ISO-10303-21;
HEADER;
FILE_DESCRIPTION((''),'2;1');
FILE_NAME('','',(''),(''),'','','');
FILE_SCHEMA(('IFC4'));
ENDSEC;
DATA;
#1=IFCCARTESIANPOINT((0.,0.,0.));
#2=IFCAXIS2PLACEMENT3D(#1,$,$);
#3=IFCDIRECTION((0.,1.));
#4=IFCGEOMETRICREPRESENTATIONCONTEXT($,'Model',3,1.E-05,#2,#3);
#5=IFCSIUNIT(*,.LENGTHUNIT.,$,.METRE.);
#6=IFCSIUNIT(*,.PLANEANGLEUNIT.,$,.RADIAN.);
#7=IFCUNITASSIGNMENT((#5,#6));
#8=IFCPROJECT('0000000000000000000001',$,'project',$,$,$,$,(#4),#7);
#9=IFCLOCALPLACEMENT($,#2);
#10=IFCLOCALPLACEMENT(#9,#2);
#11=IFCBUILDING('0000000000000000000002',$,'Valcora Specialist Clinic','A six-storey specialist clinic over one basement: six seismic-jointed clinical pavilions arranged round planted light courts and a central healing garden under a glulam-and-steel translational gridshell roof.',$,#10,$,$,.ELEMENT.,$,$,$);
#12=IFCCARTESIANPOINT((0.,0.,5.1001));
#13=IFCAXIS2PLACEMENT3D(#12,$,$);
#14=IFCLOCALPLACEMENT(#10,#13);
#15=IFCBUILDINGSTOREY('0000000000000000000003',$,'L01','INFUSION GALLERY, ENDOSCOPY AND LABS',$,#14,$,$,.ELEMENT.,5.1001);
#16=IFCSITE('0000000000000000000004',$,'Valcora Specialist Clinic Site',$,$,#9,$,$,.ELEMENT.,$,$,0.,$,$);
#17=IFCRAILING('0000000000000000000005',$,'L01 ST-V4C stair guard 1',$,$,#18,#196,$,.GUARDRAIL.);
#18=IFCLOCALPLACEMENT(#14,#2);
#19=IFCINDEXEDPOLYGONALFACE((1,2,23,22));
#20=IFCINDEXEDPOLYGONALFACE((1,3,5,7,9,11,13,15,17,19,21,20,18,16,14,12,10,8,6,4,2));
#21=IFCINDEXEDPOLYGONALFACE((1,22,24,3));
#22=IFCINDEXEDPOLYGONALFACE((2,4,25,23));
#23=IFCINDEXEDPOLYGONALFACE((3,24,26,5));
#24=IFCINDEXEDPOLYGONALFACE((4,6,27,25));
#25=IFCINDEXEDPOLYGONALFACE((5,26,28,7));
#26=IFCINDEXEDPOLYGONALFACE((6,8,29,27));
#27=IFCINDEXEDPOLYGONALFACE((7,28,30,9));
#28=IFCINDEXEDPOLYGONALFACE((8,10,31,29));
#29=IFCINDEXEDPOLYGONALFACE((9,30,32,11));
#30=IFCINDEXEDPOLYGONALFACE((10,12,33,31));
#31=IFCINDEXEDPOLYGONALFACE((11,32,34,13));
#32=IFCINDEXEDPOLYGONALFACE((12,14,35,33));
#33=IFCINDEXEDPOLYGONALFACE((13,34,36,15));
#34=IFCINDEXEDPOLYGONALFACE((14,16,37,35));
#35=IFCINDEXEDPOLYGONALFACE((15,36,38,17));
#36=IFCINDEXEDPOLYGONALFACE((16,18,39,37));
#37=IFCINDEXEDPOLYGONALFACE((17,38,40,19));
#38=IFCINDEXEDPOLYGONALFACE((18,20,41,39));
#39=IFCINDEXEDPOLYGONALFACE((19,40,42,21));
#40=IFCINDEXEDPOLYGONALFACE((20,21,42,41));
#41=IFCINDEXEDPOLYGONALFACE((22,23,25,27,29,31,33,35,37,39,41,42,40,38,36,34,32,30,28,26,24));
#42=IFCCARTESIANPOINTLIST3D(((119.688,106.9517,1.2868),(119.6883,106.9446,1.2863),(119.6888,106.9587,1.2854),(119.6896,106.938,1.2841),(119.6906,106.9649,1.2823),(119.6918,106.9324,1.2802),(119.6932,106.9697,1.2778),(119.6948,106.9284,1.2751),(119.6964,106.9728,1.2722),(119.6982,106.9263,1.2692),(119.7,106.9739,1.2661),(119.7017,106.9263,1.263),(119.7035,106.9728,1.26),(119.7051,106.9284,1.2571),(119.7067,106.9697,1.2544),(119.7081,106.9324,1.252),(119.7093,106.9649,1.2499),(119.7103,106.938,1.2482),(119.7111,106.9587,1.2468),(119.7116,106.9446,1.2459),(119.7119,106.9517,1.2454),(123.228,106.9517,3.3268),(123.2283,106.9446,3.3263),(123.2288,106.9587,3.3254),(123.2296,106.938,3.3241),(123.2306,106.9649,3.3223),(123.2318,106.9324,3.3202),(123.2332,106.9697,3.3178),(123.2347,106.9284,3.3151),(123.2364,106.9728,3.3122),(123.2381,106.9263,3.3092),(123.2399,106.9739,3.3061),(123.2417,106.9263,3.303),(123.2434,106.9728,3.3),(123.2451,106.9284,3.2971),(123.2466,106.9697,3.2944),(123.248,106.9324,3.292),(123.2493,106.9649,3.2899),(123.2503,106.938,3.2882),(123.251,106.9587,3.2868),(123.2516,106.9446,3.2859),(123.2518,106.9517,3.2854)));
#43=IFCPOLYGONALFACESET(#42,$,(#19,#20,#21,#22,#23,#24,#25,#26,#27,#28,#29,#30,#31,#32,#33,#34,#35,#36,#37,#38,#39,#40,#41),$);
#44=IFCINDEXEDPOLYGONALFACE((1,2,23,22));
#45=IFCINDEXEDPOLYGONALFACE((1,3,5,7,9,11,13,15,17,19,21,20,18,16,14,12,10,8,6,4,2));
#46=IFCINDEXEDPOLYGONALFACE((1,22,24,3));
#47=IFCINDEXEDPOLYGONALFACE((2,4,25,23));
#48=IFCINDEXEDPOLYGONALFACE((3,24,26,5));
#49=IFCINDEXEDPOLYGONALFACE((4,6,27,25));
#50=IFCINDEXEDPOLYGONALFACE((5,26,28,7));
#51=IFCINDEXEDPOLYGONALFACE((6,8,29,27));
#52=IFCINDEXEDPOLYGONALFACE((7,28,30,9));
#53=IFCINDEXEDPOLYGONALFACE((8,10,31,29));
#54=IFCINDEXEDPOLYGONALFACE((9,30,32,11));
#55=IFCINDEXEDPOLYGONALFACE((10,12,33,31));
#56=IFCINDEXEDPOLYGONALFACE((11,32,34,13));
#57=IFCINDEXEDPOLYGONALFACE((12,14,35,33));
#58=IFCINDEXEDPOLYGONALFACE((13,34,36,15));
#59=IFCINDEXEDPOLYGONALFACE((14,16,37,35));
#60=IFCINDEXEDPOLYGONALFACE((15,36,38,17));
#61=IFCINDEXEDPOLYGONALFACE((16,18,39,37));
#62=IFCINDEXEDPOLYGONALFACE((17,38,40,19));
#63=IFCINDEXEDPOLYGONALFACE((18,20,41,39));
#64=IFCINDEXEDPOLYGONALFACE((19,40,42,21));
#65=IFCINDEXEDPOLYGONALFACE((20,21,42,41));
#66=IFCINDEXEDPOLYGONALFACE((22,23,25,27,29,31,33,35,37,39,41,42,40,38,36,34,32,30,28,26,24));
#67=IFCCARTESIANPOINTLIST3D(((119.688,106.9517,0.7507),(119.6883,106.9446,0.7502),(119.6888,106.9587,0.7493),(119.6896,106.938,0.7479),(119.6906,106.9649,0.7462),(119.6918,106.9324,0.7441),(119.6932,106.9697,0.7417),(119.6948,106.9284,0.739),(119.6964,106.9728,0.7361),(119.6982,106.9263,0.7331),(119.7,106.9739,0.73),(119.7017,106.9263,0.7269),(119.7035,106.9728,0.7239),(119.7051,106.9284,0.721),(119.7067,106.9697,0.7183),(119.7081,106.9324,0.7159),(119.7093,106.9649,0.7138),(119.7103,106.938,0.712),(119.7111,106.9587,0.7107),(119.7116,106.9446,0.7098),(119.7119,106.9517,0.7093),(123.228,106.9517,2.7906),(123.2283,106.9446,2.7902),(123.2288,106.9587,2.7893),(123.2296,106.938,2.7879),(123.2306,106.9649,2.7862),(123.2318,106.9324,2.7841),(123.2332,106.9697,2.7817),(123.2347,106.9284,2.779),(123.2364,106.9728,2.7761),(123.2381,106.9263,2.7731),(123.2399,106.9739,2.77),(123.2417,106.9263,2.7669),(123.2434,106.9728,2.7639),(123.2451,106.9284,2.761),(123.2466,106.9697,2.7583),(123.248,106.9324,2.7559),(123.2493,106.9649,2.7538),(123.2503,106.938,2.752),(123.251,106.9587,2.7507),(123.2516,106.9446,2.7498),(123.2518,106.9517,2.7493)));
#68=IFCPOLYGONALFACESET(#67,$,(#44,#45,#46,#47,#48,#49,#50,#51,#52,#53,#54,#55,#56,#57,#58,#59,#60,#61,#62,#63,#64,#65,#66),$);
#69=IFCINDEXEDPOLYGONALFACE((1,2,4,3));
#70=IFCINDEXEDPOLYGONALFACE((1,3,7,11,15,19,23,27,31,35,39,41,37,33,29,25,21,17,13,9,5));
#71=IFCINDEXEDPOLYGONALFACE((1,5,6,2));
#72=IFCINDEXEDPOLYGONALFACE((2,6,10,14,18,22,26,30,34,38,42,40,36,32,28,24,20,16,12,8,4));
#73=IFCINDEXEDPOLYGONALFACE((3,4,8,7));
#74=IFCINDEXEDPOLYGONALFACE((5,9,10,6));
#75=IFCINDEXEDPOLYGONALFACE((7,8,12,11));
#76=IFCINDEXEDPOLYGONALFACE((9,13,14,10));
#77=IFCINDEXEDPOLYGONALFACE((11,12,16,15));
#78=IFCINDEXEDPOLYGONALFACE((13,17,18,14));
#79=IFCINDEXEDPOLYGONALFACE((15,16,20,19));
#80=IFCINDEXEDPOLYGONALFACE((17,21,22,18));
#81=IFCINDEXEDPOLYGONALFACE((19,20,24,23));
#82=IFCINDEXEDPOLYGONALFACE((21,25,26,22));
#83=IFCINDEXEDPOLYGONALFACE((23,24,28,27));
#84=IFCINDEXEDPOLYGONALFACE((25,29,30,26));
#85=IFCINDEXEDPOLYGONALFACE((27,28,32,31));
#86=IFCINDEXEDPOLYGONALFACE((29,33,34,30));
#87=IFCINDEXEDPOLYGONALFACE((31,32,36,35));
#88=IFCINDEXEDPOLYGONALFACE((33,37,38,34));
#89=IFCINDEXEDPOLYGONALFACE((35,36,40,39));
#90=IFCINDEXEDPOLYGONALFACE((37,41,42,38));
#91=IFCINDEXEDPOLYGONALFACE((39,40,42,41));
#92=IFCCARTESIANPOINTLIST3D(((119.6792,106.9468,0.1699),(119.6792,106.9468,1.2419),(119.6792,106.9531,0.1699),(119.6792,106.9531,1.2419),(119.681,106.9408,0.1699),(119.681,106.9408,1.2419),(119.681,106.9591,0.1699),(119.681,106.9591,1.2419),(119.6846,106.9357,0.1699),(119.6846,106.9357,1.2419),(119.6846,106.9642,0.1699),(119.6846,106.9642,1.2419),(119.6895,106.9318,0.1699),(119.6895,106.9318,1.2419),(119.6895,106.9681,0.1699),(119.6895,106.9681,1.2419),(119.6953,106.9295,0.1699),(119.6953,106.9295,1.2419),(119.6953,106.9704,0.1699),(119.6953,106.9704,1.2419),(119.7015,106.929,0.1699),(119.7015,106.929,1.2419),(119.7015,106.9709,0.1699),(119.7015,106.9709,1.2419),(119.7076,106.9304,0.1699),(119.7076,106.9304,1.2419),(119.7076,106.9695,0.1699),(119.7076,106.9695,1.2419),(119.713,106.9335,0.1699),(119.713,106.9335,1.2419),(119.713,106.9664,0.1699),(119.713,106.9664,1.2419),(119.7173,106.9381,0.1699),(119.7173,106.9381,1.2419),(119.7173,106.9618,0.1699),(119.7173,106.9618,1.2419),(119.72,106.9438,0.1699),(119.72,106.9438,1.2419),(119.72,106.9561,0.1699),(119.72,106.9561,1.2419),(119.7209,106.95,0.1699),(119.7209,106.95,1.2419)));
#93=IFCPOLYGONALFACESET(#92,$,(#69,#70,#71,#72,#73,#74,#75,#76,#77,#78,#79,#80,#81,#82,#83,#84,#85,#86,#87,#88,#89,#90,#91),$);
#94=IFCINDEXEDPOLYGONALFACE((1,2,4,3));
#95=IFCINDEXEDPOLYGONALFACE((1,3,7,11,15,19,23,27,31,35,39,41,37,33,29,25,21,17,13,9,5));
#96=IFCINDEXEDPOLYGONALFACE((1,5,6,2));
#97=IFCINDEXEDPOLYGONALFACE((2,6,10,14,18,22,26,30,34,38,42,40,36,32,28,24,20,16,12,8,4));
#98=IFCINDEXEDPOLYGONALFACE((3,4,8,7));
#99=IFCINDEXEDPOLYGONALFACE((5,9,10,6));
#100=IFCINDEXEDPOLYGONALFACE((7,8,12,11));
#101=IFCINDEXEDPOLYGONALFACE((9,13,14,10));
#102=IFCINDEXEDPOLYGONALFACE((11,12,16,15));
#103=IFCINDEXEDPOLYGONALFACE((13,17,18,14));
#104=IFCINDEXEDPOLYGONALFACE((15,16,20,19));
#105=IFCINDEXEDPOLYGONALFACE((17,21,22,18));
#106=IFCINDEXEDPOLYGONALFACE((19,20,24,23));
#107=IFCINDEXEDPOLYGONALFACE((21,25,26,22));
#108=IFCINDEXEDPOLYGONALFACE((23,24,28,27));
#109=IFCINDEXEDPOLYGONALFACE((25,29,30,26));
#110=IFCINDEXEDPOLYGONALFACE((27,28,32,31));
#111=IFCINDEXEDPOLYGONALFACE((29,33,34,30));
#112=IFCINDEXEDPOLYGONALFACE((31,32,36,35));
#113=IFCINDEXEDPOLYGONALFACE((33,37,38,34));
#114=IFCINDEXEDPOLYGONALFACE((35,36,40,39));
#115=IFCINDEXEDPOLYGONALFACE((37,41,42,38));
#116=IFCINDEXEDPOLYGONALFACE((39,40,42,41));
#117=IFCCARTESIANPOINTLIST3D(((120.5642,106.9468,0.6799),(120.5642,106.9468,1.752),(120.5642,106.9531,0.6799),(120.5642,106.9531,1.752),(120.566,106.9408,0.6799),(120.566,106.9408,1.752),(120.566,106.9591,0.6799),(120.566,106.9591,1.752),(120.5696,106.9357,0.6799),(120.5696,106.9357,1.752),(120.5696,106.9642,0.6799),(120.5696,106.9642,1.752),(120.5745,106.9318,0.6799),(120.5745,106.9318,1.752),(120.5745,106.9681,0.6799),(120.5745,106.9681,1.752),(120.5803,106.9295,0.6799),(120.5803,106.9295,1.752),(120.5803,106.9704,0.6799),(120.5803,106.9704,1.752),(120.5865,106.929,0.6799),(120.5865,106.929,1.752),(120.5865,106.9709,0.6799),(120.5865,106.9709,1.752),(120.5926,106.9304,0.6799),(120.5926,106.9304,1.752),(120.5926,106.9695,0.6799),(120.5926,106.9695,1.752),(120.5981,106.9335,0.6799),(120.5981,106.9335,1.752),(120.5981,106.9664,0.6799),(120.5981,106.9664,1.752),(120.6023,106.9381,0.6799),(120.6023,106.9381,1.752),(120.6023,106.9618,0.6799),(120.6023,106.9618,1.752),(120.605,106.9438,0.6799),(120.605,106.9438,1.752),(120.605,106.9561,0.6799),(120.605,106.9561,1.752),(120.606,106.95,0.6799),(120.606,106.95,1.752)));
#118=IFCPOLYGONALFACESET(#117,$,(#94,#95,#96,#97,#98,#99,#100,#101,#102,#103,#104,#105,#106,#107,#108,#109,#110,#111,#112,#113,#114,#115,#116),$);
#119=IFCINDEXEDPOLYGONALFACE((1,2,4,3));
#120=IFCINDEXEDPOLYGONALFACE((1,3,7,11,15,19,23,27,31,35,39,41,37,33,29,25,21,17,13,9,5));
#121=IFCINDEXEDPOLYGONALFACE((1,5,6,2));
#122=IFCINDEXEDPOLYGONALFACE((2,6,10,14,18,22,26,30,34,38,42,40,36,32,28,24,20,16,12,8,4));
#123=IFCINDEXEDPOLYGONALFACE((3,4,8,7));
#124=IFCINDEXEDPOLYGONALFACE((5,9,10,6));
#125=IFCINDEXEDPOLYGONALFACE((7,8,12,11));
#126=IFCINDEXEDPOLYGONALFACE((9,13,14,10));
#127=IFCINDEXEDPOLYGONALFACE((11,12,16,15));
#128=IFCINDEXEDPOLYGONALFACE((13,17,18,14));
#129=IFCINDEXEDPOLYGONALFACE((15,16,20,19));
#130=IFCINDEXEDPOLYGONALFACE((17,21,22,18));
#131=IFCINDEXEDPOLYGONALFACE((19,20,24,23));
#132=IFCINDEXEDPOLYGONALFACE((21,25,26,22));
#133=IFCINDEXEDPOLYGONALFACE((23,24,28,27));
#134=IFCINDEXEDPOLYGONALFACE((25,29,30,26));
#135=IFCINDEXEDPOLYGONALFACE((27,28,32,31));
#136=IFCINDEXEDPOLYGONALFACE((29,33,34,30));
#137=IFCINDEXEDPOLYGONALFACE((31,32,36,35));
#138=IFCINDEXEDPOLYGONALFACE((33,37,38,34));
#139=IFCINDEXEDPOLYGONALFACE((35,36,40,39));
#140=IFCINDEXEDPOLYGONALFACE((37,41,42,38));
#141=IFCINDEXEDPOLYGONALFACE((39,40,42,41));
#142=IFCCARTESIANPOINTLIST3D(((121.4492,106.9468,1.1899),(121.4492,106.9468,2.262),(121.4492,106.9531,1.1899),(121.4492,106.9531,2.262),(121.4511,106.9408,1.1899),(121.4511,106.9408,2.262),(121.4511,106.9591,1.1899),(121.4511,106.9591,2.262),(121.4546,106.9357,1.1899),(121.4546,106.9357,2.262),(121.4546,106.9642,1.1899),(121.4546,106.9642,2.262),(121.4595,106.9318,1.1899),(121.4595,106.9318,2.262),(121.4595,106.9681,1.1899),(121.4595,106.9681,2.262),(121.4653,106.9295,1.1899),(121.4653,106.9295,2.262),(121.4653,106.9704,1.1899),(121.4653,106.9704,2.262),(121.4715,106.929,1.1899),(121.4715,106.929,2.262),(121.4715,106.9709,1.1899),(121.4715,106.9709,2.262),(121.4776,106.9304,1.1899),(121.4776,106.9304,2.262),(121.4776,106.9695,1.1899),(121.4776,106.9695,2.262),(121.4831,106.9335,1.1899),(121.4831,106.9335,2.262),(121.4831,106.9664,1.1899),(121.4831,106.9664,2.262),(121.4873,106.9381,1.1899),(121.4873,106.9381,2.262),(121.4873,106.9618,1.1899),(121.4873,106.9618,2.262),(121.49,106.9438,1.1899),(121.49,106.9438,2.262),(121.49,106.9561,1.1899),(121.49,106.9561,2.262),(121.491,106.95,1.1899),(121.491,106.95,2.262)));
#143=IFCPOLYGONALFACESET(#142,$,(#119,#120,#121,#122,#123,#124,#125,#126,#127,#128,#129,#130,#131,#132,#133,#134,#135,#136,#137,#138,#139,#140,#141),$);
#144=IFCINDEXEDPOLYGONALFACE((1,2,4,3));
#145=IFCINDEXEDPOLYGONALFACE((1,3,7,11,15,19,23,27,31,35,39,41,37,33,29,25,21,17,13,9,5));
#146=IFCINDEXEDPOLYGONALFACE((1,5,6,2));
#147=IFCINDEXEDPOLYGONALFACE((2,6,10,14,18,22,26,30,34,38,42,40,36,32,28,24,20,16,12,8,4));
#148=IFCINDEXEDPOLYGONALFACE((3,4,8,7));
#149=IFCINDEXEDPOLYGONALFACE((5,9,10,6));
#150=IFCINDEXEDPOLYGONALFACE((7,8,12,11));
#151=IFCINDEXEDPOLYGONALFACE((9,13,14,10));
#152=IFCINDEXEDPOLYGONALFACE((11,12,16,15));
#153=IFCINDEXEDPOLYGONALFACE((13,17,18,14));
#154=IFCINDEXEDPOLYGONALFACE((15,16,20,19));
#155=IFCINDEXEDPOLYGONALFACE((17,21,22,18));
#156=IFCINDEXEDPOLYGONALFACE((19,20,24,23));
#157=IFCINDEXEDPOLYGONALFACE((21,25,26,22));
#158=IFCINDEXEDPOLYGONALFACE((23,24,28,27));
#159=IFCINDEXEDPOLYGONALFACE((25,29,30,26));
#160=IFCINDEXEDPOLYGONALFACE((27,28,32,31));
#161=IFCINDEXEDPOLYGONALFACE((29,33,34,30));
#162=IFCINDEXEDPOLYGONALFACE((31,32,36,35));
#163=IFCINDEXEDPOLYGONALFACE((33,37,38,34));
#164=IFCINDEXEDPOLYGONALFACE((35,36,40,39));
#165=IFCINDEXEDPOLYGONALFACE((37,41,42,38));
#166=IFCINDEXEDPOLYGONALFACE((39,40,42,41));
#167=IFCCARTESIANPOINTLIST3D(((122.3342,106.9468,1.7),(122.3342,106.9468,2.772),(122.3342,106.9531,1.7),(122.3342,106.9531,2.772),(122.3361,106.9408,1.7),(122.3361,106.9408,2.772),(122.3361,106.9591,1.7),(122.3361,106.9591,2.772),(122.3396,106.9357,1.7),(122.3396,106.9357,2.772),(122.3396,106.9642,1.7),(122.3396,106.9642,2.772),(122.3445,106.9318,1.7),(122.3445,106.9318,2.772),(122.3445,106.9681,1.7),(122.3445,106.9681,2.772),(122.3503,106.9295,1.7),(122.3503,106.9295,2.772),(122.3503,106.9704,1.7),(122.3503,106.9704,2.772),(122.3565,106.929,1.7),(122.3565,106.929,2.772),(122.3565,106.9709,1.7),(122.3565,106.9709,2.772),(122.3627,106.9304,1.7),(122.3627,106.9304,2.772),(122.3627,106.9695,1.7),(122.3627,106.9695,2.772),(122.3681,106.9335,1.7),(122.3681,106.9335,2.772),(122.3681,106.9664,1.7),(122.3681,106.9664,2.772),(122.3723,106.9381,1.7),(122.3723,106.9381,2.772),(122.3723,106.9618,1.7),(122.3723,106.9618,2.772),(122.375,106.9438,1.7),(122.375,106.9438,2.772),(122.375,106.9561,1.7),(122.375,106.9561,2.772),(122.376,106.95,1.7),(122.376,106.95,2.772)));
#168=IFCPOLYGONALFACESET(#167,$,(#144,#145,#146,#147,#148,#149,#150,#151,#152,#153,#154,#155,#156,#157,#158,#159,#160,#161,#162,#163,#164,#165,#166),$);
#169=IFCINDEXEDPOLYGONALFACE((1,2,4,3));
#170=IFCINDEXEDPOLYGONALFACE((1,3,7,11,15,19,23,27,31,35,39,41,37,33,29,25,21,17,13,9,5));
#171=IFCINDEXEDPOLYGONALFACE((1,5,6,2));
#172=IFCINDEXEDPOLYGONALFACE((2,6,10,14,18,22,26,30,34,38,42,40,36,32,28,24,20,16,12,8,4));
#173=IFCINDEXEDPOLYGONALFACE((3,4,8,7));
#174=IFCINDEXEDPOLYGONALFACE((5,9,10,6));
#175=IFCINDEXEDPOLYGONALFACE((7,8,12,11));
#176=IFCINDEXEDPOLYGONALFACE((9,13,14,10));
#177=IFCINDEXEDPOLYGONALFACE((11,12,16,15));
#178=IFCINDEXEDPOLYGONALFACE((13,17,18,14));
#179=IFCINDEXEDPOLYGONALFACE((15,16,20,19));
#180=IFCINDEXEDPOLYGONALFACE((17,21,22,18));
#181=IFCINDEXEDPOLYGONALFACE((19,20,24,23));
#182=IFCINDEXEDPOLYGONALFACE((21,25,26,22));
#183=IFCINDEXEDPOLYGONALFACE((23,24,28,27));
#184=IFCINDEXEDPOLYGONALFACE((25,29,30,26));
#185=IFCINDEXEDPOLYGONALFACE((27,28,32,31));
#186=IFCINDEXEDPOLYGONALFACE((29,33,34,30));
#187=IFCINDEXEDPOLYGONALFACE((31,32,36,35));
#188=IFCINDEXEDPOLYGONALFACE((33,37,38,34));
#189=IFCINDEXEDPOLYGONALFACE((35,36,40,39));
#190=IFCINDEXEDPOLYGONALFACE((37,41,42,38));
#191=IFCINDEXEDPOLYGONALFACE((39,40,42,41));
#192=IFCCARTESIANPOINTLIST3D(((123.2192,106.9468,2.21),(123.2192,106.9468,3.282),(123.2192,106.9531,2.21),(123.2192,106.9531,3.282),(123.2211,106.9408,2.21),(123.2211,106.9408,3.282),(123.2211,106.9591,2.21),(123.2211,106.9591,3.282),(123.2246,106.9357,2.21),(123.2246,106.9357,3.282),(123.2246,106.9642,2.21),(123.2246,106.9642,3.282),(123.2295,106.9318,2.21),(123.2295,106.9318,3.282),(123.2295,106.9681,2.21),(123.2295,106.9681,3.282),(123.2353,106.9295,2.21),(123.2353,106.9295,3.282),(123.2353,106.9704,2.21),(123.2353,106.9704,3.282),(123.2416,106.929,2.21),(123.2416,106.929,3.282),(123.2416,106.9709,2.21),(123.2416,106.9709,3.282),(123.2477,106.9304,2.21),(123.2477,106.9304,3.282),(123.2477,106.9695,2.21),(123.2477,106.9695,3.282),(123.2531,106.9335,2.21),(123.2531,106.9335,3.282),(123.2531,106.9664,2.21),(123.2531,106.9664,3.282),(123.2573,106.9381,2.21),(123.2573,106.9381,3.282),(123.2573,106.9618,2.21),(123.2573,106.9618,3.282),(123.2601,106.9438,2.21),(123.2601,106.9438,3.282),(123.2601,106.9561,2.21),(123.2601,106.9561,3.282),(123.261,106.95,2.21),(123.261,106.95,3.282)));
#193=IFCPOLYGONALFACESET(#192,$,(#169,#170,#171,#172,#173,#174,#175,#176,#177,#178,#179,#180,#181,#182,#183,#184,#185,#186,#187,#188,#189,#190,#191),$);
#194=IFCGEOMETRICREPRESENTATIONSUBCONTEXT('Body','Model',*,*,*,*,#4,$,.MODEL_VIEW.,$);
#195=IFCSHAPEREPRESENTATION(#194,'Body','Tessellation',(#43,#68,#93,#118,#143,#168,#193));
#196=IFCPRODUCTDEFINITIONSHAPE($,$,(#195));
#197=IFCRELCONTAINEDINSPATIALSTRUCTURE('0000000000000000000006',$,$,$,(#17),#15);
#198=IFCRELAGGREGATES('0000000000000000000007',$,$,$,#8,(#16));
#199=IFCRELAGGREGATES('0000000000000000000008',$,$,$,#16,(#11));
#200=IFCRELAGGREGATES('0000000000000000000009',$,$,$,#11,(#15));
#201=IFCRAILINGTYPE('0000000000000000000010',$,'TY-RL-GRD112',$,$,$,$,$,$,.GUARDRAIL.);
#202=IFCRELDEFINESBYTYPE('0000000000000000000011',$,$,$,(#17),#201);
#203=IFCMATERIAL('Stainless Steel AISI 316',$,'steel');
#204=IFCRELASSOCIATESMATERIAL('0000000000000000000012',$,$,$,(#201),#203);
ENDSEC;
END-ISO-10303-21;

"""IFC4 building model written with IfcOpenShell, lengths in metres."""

from ifc_helpers import new_model, si_unit, direction, frame, origin, origin_2d, place, context, subcontext, project, spatial, circle, extrude, material, type_object, element, save


model = new_model("IFC4")

# Units and contexts
model_context = context("Model", 3, precision=1e-05, world=origin(), true_north=direction((0.0, 1.0)))
body_context = subcontext(model_context, "Body", "Model", "MODEL_VIEW")
ifc_project = project(units=[si_unit("LENGTHUNIT", "METRE"), si_unit("PLANEANGLEUNIT", "RADIAN")], contexts=[model_context])

# Site, building, storey
site_placement = place(None, origin())
site = spatial("IfcSite", under=ifc_project, at=site_placement, Name="Valcora Specialist Clinic Site", CompositionType="ELEMENT", RefElevation=0.0)
building_placement = place(site_placement, origin())
building = spatial("IfcBuilding", under=site, at=building_placement, Name="Valcora Specialist Clinic", Description="A six-storey specialist clinic over one basement: six seismic-jointed clinical pavilions arranged round planted light courts and a central healing garden under a glulam-and-steel translational gridshell roof.", CompositionType="ELEMENT")
storey_placement = place(building_placement, frame((0.0, 0.0, 5.1001)))
storey = spatial("IfcBuildingStorey", under=building, at=storey_placement, Name="L01", Description="INFUSION GALLERY, ENDOSCOPY AND LABS", CompositionType="ELEMENT", Elevation=5.1001)

# Railing
ifc_material_1 = material(Name="Stainless Steel AISI 316", Category="steel")
railing_type_1 = type_object("IfcRailingType", Name="TY-RL-GRD112", PredefinedType="GUARDRAIL", material=ifc_material_1)
railing_1_placement = place(storey_placement, frame((119.7, 106.95, 0.1699)))
element("IfcRailing", 1, at=railing_1_placement, inside=storey, type_object=railing_type_1, Name="L01 ST-V4C stair guard 1", PredefinedType="GUARDRAIL", context=body_context, shape_type="SweptSolid", body=[
    extrude(circle(Radius=0.0239, at=origin_2d()), frame((0.0, 0.0, 1.0962), z_axis=(0.866428, 0.0, 0.499302), x_axis=(0.0, 1.0, 0.0)), (0.0, 0.0, 1.0), 4.0857),
    extrude(circle(Radius=0.0239, at=origin_2d()), frame((0.0, 0.0, 0.5601), z_axis=(0.866428, 0.0, 0.499302), x_axis=(0.0, 1.0, 0.0)), (0.0, 0.0, 1.0), 4.0857),
    extrude(circle(Radius=0.021, at=origin_2d()), origin(), (0.0, 0.0, 1.0), 1.072),
    extrude(circle(Radius=0.021, at=origin_2d()), frame((0.885, 0.0, 0.51)), (0.0, 0.0, 1.0), 1.072),
    extrude(circle(Radius=0.021, at=origin_2d()), frame((1.77, 0.0, 1.02)), (0.0, 0.0, 1.0), 1.072),
    extrude(circle(Radius=0.021, at=origin_2d()), frame((2.655, 0.0, 1.53)), (0.0, 0.0, 1.0), 1.072),
    extrude(circle(Radius=0.021, at=origin_2d()), frame((3.54, 0.0, 2.04)), (0.0, 0.0, 1.0), 1.072),
])

save(model, "model.ifc")
